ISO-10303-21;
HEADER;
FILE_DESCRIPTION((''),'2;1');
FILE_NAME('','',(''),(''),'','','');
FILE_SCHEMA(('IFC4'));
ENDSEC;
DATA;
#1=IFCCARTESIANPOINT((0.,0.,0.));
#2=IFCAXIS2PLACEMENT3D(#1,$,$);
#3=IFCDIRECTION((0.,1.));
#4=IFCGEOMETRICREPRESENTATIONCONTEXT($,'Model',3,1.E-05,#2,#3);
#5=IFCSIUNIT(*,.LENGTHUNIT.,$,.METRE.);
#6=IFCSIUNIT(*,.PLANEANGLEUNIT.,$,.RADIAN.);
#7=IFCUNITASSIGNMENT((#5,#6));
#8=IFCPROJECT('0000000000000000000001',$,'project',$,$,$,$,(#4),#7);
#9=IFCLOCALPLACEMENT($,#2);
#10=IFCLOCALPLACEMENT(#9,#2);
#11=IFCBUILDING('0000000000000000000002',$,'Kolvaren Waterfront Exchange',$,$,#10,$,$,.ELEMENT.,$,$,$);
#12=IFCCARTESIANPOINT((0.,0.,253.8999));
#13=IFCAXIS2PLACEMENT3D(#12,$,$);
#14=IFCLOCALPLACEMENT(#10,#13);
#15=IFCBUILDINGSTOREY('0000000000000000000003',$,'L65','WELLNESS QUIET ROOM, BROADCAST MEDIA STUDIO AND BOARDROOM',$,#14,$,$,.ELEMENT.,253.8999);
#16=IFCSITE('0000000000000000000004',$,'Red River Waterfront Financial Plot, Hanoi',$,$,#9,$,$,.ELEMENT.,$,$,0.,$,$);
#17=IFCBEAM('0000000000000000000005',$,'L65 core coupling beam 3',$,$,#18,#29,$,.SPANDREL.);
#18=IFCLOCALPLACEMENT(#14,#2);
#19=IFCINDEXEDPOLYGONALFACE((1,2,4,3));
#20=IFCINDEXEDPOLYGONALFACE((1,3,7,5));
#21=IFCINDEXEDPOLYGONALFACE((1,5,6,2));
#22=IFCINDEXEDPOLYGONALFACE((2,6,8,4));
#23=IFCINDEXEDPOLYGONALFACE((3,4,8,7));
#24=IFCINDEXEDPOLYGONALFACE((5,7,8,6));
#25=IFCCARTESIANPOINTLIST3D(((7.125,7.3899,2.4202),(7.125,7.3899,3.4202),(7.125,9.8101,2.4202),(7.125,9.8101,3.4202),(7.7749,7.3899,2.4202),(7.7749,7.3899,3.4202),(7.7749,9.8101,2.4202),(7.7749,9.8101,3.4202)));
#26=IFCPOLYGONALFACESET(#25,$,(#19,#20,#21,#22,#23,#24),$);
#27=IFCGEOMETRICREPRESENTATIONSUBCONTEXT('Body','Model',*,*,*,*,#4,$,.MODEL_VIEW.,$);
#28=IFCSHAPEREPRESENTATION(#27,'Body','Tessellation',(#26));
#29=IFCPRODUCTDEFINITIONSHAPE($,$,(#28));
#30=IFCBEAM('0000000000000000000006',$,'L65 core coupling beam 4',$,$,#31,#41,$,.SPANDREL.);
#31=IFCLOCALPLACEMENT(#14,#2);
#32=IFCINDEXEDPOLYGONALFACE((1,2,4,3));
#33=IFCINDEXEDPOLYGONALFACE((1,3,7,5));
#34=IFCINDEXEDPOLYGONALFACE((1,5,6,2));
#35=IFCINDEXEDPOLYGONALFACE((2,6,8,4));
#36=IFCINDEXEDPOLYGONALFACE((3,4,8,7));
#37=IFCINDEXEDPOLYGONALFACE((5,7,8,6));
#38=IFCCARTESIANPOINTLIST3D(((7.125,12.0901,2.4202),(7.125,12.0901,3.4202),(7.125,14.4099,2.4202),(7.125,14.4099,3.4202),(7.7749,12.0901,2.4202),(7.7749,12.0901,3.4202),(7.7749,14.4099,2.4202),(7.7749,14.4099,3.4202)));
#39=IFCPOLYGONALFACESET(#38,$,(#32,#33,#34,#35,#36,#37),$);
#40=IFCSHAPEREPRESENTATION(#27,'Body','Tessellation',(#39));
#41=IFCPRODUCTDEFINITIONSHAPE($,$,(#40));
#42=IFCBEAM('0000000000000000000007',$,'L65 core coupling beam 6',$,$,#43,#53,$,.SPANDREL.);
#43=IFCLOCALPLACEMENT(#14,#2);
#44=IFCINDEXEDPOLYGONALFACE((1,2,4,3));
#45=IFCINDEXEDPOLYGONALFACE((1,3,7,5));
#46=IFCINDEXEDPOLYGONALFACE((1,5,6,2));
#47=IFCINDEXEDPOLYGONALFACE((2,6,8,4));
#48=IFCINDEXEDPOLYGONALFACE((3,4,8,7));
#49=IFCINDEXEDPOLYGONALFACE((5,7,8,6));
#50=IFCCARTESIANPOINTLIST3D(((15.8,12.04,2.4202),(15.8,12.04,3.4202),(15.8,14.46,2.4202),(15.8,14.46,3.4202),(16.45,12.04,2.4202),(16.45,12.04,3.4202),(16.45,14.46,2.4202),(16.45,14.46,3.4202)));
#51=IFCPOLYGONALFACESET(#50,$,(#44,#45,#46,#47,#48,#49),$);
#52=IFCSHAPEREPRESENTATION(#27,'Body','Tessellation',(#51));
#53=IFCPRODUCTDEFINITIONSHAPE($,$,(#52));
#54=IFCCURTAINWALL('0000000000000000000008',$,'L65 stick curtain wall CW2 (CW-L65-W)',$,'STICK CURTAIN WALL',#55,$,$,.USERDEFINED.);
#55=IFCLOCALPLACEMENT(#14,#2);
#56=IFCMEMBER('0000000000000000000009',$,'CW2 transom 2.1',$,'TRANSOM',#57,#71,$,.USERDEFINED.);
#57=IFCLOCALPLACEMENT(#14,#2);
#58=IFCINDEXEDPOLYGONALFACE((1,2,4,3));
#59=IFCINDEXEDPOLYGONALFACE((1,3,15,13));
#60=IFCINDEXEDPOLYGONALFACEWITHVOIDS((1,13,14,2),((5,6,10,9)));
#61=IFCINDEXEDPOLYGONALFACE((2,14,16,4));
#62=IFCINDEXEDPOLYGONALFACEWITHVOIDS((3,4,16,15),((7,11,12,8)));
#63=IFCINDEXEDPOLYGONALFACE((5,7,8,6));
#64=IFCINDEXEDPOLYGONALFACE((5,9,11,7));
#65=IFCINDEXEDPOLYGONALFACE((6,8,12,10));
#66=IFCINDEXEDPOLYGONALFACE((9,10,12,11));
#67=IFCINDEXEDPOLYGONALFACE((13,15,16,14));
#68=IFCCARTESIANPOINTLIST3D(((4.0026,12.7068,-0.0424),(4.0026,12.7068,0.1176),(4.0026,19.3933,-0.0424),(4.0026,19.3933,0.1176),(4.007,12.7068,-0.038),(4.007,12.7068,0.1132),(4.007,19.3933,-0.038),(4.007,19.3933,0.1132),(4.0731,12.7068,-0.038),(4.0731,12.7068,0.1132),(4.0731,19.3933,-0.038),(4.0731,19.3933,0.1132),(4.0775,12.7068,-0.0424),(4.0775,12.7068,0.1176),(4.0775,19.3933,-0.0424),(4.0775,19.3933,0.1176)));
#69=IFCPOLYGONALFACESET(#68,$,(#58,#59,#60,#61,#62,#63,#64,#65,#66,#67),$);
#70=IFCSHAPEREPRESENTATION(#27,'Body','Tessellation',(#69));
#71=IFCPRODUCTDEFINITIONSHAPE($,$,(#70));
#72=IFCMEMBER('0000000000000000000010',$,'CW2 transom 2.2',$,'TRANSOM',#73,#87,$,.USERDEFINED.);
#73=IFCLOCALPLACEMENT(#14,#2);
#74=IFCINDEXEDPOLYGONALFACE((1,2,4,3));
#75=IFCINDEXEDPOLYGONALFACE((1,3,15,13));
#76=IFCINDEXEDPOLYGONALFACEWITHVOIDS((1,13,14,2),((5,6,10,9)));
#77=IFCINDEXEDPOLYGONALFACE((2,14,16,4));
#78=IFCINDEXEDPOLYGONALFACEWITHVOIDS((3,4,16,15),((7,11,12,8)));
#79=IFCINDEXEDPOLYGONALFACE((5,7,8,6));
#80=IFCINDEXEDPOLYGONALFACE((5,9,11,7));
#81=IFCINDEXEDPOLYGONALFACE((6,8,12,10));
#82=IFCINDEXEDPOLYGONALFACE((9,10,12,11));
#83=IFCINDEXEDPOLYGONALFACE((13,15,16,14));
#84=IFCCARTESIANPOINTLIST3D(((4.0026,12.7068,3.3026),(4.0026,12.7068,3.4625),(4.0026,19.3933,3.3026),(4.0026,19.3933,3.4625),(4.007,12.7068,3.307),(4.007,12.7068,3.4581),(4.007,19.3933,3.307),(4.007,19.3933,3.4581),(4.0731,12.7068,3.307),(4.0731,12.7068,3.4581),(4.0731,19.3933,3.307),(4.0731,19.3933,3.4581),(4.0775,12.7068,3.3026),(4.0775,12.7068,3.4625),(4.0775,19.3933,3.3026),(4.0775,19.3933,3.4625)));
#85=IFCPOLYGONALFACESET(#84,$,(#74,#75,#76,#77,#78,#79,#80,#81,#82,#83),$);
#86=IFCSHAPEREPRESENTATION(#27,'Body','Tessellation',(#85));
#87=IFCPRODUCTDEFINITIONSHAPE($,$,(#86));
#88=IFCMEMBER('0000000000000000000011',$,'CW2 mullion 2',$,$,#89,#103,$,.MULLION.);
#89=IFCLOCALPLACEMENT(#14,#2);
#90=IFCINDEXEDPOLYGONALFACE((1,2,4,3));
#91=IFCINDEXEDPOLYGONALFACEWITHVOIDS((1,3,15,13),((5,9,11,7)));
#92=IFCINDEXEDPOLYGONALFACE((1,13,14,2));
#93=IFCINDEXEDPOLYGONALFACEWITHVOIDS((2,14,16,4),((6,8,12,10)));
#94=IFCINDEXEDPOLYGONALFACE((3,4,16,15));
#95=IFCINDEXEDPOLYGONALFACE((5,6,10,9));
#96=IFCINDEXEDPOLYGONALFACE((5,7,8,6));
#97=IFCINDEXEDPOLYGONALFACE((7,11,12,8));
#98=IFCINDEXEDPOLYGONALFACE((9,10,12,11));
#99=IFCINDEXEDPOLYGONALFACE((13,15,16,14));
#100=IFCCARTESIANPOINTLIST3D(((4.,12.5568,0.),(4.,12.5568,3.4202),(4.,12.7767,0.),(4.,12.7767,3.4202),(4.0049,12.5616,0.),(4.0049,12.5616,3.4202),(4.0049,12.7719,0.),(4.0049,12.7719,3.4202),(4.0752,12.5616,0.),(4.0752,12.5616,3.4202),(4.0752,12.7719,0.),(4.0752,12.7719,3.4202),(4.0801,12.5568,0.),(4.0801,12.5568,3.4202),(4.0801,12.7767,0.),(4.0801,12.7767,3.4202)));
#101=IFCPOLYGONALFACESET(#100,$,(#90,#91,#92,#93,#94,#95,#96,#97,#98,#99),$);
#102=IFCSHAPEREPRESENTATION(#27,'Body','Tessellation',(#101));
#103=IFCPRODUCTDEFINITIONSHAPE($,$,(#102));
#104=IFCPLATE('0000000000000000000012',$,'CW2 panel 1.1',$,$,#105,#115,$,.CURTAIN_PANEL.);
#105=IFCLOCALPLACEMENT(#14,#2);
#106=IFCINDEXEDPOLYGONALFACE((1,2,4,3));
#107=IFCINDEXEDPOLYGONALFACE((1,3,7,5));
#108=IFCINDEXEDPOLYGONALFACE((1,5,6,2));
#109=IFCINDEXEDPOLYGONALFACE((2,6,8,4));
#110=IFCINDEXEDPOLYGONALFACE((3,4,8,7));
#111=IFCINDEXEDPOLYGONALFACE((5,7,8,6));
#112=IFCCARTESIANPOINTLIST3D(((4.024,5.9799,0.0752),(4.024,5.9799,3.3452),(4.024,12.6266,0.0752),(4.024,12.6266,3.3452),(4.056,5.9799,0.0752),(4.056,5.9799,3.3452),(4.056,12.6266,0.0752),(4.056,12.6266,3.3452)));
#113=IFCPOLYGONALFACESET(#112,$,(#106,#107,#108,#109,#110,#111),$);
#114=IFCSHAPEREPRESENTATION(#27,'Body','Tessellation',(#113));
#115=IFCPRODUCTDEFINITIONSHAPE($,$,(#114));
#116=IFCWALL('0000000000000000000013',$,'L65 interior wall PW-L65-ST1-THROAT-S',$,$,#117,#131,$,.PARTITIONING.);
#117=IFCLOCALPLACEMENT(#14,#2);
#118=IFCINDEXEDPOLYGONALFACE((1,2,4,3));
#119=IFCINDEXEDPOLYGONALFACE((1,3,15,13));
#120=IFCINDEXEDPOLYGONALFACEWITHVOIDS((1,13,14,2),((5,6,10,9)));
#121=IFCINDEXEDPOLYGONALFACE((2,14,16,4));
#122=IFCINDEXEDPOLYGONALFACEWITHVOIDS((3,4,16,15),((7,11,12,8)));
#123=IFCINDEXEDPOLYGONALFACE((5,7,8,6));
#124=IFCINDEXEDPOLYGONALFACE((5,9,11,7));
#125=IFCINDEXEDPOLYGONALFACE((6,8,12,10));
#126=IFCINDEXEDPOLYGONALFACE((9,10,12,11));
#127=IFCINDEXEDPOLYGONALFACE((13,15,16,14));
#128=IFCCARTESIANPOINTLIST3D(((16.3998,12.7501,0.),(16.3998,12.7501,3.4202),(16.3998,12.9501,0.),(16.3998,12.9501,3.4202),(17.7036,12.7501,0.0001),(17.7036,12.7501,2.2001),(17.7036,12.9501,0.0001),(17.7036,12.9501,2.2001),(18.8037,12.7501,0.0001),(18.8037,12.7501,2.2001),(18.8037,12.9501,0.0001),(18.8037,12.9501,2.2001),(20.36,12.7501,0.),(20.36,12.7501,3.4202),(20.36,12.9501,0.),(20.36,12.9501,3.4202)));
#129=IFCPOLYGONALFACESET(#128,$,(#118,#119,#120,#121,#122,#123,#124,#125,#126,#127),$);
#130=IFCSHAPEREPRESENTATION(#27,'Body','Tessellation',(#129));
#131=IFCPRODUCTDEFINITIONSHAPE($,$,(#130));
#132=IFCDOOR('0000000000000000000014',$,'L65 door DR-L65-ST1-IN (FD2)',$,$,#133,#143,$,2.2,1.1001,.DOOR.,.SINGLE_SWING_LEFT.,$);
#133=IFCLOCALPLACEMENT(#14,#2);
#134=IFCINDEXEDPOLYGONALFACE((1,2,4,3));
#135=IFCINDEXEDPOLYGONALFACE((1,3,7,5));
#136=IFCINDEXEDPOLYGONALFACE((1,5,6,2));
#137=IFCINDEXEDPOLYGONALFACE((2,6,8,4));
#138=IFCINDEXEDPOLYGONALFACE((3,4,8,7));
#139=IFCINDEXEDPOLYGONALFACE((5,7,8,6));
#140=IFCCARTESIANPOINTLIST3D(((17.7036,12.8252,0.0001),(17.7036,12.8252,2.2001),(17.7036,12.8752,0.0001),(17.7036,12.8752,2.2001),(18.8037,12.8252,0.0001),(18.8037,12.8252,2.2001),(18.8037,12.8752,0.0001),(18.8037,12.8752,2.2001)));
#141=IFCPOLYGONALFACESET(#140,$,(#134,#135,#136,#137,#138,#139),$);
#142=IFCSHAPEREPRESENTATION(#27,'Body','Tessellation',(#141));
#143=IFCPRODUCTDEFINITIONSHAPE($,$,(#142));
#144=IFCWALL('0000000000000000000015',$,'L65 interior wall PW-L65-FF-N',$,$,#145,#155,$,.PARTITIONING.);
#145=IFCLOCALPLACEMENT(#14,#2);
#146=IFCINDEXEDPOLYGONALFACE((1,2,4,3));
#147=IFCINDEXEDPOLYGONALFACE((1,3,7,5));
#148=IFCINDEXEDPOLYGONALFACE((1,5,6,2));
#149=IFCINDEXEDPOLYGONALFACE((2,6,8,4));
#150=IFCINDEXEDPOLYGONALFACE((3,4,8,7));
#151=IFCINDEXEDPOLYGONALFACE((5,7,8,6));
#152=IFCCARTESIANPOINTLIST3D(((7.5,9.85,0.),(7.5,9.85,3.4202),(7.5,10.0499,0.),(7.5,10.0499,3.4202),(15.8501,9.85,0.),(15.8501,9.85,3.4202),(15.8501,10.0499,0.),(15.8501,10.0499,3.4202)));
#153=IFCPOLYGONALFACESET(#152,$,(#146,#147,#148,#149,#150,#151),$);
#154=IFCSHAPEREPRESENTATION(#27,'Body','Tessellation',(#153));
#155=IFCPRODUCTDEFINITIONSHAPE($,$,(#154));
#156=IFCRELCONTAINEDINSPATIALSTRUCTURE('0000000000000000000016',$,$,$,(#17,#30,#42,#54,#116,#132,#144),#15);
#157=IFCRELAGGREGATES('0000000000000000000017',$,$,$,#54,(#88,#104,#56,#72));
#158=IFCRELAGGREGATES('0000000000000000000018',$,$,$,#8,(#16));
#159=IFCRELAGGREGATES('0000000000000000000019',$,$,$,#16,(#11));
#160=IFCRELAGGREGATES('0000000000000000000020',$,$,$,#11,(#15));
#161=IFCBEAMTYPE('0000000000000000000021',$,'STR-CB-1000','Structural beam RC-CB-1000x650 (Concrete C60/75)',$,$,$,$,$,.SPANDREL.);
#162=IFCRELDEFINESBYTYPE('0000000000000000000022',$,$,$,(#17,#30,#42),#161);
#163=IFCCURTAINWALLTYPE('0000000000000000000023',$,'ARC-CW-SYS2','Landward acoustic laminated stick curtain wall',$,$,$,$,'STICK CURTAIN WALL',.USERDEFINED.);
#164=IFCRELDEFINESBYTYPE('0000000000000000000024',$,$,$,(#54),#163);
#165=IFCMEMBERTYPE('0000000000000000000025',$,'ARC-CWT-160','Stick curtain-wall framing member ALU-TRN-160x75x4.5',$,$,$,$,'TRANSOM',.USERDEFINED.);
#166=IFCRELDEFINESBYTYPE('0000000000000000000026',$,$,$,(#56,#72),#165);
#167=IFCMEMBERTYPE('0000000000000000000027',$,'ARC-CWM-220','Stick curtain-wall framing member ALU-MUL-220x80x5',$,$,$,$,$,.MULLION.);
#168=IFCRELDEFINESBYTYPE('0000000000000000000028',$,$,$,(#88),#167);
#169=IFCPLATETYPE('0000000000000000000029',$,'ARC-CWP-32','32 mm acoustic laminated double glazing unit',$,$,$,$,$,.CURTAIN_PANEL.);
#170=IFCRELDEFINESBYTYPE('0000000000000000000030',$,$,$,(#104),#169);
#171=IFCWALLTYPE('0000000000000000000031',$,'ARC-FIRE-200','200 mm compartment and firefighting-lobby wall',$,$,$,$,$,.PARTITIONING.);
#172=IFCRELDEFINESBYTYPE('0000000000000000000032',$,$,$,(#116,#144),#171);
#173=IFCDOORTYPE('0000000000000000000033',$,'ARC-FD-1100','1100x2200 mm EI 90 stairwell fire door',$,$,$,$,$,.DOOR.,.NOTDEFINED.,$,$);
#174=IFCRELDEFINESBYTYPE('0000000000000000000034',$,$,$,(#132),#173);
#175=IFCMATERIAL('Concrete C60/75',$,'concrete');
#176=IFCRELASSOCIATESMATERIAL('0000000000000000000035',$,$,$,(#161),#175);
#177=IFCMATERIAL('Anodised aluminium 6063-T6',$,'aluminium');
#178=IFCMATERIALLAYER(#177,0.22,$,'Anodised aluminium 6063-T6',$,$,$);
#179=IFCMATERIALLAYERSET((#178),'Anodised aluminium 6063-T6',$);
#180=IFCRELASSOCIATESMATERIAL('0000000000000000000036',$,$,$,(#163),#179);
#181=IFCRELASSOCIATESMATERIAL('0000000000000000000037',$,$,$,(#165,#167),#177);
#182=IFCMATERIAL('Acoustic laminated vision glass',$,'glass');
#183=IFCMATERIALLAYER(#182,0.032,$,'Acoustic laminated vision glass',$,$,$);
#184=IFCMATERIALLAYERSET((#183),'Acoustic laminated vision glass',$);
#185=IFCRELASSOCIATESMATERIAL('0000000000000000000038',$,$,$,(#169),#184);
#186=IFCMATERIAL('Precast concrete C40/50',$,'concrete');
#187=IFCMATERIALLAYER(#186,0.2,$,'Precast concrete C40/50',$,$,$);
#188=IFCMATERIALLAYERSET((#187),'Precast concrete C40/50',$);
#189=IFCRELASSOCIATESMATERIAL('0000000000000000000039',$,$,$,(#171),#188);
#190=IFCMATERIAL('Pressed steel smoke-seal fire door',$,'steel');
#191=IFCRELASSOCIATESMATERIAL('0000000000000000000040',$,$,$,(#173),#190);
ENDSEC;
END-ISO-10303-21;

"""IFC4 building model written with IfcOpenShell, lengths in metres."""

from ifc_helpers import new_model, si_unit, direction, frame, frame_2d, origin, origin_with_axes, origin_2d, place, context, subcontext, project, spatial, rectangle, hollow_rectangle, extrude, source, transform, mapped, material, layer, layer_set, material_profile, profile_set, type_object, element, fill, aggregate, save


model = new_model("IFC4")

# Units and contexts
model_context = context("Model", 3, precision=1e-05, world=origin(), true_north=direction((0.0, 1.0)))
body_context = subcontext(model_context, "Body", "Model", "MODEL_VIEW")
ifc_project = project(units=[si_unit("LENGTHUNIT", "METRE"), si_unit("PLANEANGLEUNIT", "RADIAN")], contexts=[model_context])

# Site, building, storey
site_placement = place(None, origin())
site = spatial("IfcSite", under=ifc_project, at=site_placement, Name="Red River Waterfront Financial Plot, Hanoi", CompositionType="ELEMENT", RefElevation=0.0)
building_placement = place(site_placement, origin())
building = spatial("IfcBuilding", under=site, at=building_placement, Name="Kolvaren Waterfront Exchange", CompositionType="ELEMENT")
storey_placement = place(building_placement, frame((0.0, 0.0, 253.8999)))
storey = spatial("IfcBuildingStorey", under=building, at=storey_placement, Name="L65", Description="WELLNESS QUIET ROOM, BROADCAST MEDIA STUDIO AND BOARDROOM", CompositionType="ELEMENT", Elevation=253.8999)

# Beams
ifc_material_1 = material(Name="Concrete C60/75", Category="concrete")
ifc_material_profile_1 = material_profile(ifc_material_1, rectangle(XDim=0.6499, YDim=1.0, at=origin_2d()), Name="RC-CB-1000x650")
ifc_profile_set_1 = profile_set([ifc_material_profile_1], Name="Concrete C60/75")
beam_type = type_object("IfcBeamType", Name="STR-CB-1000", Description="Structural beam RC-CB-1000x650 (Concrete C60/75)", PredefinedType="SPANDREL", material=ifc_profile_set_1)
beam_1_placement = place(storey_placement, frame((7.45, 7.3899, 2.9202), z_axis=(0.0, 1.0, 0.0), x_axis=(-1.0, 0.0, 0.0)))
element("IfcBeam", 1, at=beam_1_placement, inside=storey, type_object=beam_type, Name="L65 core coupling beam 3", PredefinedType="SPANDREL", context=body_context, shape_type="SweptSolid", body=[
    extrude(rectangle(XDim=0.6499, YDim=1.0, at=origin_2d()), origin(), (0.0, 0.0, 1.0), 2.4202),
])
beam_2_placement = place(storey_placement, frame((7.45, 12.0901, 2.9202), z_axis=(0.0, 1.0, 0.0), x_axis=(-1.0, 0.0, 0.0)))
element("IfcBeam", 2, at=beam_2_placement, inside=storey, type_object=beam_type, Name="L65 core coupling beam 4", PredefinedType="SPANDREL", context=body_context, shape_type="SweptSolid", body=[
    extrude(rectangle(XDim=0.6499, YDim=1.0, at=origin_2d()), origin(), (0.0, 0.0, 1.0), 2.3198),
])
beam_3_placement = place(storey_placement, frame((16.125, 12.04, 2.9202), z_axis=(0.0, 1.0, 0.0), x_axis=(-1.0, 0.0, 0.0)))
element("IfcBeam", 3, at=beam_3_placement, inside=storey, type_object=beam_type, Name="L65 core coupling beam 6", PredefinedType="SPANDREL", context=body_context, shape_type="SweptSolid", body=[
    extrude(rectangle(XDim=0.6499, YDim=1.0, at=origin_2d()), origin(), (0.0, 0.0, 1.0), 2.4199),
])

# Curtain wall, members, plate
ifc_material_2 = material(Name="Anodised aluminium 6063-T6", Category="aluminium")
ifc_layer_1 = layer(ifc_material_2, 0.22, Name="Anodised aluminium 6063-T6")
ifc_layer_set_1 = layer_set([ifc_layer_1], Name="Anodised aluminium 6063-T6")
curtain_wall_type = type_object("IfcCurtainWallType", Name="ARC-CW-SYS2", Description="Landward acoustic laminated stick curtain wall", ElementType="STICK CURTAIN WALL", PredefinedType="USERDEFINED", material=ifc_layer_set_1)
curtain_wall_placement = place(storey_placement, origin())
curtain_wall = element("IfcCurtainWall", 4, at=curtain_wall_placement, inside=storey, type_object=curtain_wall_type, Name="L65 stick curtain wall CW2 (CW-L65-W)", ObjectType="STICK CURTAIN WALL", PredefinedType="USERDEFINED")
ifc_material_profile_2 = material_profile(ifc_material_2, hollow_rectangle(XDim=0.075, YDim=0.1599, WallThickness=0.0044, at=origin_2d()), Name="ALU-TRN-160x75x4.5")
ifc_profile_set_2 = profile_set([ifc_material_profile_2], Name="Anodised aluminium 6063-T6")
member_type_1 = type_object("IfcMemberType", Name="ARC-CWT-160", Description="Stick curtain-wall framing member ALU-TRN-160x75x4.5", ElementType="TRANSOM", PredefinedType="USERDEFINED", material=ifc_profile_set_2)
shared_shape_1 = source(origin_with_axes(), body_context, "Body", "SweptSolid", [
    extrude(hollow_rectangle(XDim=0.075, YDim=0.1599, WallThickness=0.0044, at=origin_2d()), origin(), (0.0, 0.0, 1.0), 6.6865),
])
member_1_placement = place(storey_placement, frame((4.04, 12.7068, 0.0376), z_axis=(0.0, 1.0, 0.0), x_axis=(-1.0, 0.0, 0.0)))
member_1 = element("IfcMember", 5, at=member_1_placement, type_object=member_type_1, Name="CW2 transom 2.1", ObjectType="TRANSOM", PredefinedType="USERDEFINED", context=body_context, shape_type="MappedRepresentation", body=[
    mapped(shared_shape_1, transform((0.0, 0.0, 0.0), x_axis=(1.0, 0.0, 0.0), y_axis=(0.0, 1.0, 0.0), z_axis=(0.0, 0.0, 1.0), scale=1.0)),
])
member_2_placement = place(storey_placement, frame((4.04, 12.7068, 3.3826), z_axis=(0.0, 1.0, 0.0), x_axis=(-1.0, 0.0, 0.0)))
member_2 = element("IfcMember", 6, at=member_2_placement, type_object=member_type_1, Name="CW2 transom 2.2", ObjectType="TRANSOM", PredefinedType="USERDEFINED", context=body_context, shape_type="MappedRepresentation", body=[
    mapped(shared_shape_1, transform((0.0, 0.0, 0.0), x_axis=(1.0, 0.0, 0.0), y_axis=(0.0, 1.0, 0.0), z_axis=(0.0, 0.0, 1.0), scale=1.0)),
])
ifc_material_profile_3 = material_profile(ifc_material_2, hollow_rectangle(XDim=0.0801, YDim=0.22, WallThickness=0.0049, at=origin_2d()), Name="ALU-MUL-220x80x5")
ifc_profile_set_3 = profile_set([ifc_material_profile_3], Name="Anodised aluminium 6063-T6")
member_type_2 = type_object("IfcMemberType", Name="ARC-CWM-220", Description="Stick curtain-wall framing member ALU-MUL-220x80x5", PredefinedType="MULLION", material=ifc_profile_set_3)
shared_shape_2 = source(origin_with_axes(), body_context, "Body", "SweptSolid", [
    extrude(hollow_rectangle(XDim=0.0801, YDim=0.22, WallThickness=0.0049, at=origin_2d()), origin(), (0.0, 0.0, 1.0), 3.4202),
])
member_3_placement = place(storey_placement, frame((4.04, 12.6667, 0.0), z_axis=(0.0, 0.0, 1.0), x_axis=(-1.0, 0.0, 0.0)))
member_3 = element("IfcMember", 7, at=member_3_placement, type_object=member_type_2, Name="CW2 mullion 2", PredefinedType="MULLION", context=body_context, shape_type="MappedRepresentation", body=[
    mapped(shared_shape_2, transform((0.0, 0.0, 0.0), x_axis=(1.0, 0.0, 0.0), y_axis=(0.0, 1.0, 0.0), z_axis=(0.0, 0.0, 1.0), scale=1.0)),
])
ifc_material_3 = material(Name="Acoustic laminated vision glass", Category="glass")
ifc_layer_2 = layer(ifc_material_3, 0.032, Name="Acoustic laminated vision glass")
ifc_layer_set_2 = layer_set([ifc_layer_2], Name="Acoustic laminated vision glass")
plate_type = type_object("IfcPlateType", Name="ARC-CWP-32", Description="32 mm acoustic laminated double glazing unit", PredefinedType="CURTAIN_PANEL", material=ifc_layer_set_2)
shared_shape_3 = source(origin_with_axes(), body_context, "Body", "SweptSolid", [
    extrude(rectangle(XDim=6.6467, YDim=0.032, at=origin_2d()), origin(), (0.0, 0.0, 1.0), 3.27),
])
plate_placement = place(storey_placement, frame((4.04, 9.3032, 0.0752), z_axis=(0.0, 0.0, 1.0), x_axis=(0.0, 1.0, 0.0)))
plate = element("IfcPlate", 8, at=plate_placement, type_object=plate_type, Name="CW2 panel 1.1", PredefinedType="CURTAIN_PANEL", context=body_context, shape_type="MappedRepresentation", body=[
    mapped(shared_shape_3, transform((0.0, 0.0, 0.0), x_axis=(1.0, 0.0, 0.0), y_axis=(0.0, 1.0, 0.0), z_axis=(0.0, 0.0, 1.0), scale=1.0)),
])
aggregate(curtain_wall, [member_3, plate, member_1, member_2])

# Wall, opening, door
ifc_material_4 = material(Name="Precast concrete C40/50", Category="concrete")
ifc_layer_3 = layer(ifc_material_4, 0.2, Name="Precast concrete C40/50")
ifc_layer_set_3 = layer_set([ifc_layer_3], Name="Precast concrete C40/50")
wall_type_1 = type_object("IfcWallType", Name="ARC-FIRE-200", Description="200 mm compartment and firefighting-lobby wall", PredefinedType="PARTITIONING", material=ifc_layer_set_3)
wall_1_placement = place(storey_placement, frame((16.3999, 12.8501, 0.0), z_axis=(0.0, 0.0, 1.0), x_axis=(1.0, 0.0, 0.0)))
wall_1 = element("IfcWall", 9, at=wall_1_placement, inside=storey, type_object=wall_type_1, Name="L65 interior wall PW-L65-ST1-THROAT-S", PredefinedType="PARTITIONING", context=body_context, shape_type="SweptSolid", body=[
    extrude(rectangle(XDim=3.9602, YDim=0.2, at=frame_2d((1.98, 0.0))), origin(), (0.0, 0.0, 1.0), 3.4202),
])
opening_1_placement = place(wall_1_placement, frame((1.3037, 0.0, 0.0)))
opening_1 = element("IfcOpeningElement", 10, at=opening_1_placement, cuts=wall_1, PredefinedType="OPENING", context=body_context, shape_type="SweptSolid", body=[
    extrude(rectangle(XDim=1.1001, YDim=2.2, at=frame_2d((0.55, 1.1001))), frame((0.0, 0.1099, 0.0), z_axis=(0.0, -1.0, 0.0), x_axis=(1.0, 0.0, 0.0)), (0.0, 0.0, 1.0), 0.22),
])
ifc_material_5 = material(Name="Pressed steel smoke-seal fire door", Category="steel")
door_type_1 = type_object("IfcDoorType", Name="ARC-FD-1100", Description="1100x2200 mm EI 90 stairwell fire door", OperationType="NOTDEFINED", PredefinedType="DOOR", material=ifc_material_5)
door_1_placement = place(opening_1_placement, frame((1.1001, 0.0, 0.0), z_axis=(0.0, 0.0, 1.0), x_axis=(-1.0, 0.0, 0.0)))
door_1 = element("IfcDoor", 11, at=door_1_placement, inside=storey, type_object=door_type_1, Name="L65 door DR-L65-ST1-IN (FD2)", OperationType="SINGLE_SWING_LEFT", OverallHeight=2.2, OverallWidth=1.1001, PredefinedType="DOOR", context=body_context, shape_type="SweptSolid", body=[
    extrude(rectangle(XDim=1.1001, YDim=2.2, at=frame_2d((0.55, 1.1001))), frame((0.0, 0.0249, 0.0), z_axis=(0.0, -1.0, 0.0), x_axis=(1.0, 0.0, 0.0)), (0.0, 0.0, 1.0), 0.05),
])
fill(opening_1, door_1)

# Wall
wall_2_placement = place(storey_placement, frame((7.5, 9.95, 0.0), z_axis=(0.0, 0.0, 1.0), x_axis=(1.0, 0.0, 0.0)))
element("IfcWall", 12, at=wall_2_placement, inside=storey, type_object=wall_type_1, Name="L65 interior wall PW-L65-FF-N", PredefinedType="PARTITIONING", context=body_context, shape_type="SweptSolid", body=[
    extrude(rectangle(XDim=8.3501, YDim=0.2, at=frame_2d((4.175, 0.0))), origin(), (0.0, 0.0, 1.0), 3.4202),
])

save(model, "model.ifc")
